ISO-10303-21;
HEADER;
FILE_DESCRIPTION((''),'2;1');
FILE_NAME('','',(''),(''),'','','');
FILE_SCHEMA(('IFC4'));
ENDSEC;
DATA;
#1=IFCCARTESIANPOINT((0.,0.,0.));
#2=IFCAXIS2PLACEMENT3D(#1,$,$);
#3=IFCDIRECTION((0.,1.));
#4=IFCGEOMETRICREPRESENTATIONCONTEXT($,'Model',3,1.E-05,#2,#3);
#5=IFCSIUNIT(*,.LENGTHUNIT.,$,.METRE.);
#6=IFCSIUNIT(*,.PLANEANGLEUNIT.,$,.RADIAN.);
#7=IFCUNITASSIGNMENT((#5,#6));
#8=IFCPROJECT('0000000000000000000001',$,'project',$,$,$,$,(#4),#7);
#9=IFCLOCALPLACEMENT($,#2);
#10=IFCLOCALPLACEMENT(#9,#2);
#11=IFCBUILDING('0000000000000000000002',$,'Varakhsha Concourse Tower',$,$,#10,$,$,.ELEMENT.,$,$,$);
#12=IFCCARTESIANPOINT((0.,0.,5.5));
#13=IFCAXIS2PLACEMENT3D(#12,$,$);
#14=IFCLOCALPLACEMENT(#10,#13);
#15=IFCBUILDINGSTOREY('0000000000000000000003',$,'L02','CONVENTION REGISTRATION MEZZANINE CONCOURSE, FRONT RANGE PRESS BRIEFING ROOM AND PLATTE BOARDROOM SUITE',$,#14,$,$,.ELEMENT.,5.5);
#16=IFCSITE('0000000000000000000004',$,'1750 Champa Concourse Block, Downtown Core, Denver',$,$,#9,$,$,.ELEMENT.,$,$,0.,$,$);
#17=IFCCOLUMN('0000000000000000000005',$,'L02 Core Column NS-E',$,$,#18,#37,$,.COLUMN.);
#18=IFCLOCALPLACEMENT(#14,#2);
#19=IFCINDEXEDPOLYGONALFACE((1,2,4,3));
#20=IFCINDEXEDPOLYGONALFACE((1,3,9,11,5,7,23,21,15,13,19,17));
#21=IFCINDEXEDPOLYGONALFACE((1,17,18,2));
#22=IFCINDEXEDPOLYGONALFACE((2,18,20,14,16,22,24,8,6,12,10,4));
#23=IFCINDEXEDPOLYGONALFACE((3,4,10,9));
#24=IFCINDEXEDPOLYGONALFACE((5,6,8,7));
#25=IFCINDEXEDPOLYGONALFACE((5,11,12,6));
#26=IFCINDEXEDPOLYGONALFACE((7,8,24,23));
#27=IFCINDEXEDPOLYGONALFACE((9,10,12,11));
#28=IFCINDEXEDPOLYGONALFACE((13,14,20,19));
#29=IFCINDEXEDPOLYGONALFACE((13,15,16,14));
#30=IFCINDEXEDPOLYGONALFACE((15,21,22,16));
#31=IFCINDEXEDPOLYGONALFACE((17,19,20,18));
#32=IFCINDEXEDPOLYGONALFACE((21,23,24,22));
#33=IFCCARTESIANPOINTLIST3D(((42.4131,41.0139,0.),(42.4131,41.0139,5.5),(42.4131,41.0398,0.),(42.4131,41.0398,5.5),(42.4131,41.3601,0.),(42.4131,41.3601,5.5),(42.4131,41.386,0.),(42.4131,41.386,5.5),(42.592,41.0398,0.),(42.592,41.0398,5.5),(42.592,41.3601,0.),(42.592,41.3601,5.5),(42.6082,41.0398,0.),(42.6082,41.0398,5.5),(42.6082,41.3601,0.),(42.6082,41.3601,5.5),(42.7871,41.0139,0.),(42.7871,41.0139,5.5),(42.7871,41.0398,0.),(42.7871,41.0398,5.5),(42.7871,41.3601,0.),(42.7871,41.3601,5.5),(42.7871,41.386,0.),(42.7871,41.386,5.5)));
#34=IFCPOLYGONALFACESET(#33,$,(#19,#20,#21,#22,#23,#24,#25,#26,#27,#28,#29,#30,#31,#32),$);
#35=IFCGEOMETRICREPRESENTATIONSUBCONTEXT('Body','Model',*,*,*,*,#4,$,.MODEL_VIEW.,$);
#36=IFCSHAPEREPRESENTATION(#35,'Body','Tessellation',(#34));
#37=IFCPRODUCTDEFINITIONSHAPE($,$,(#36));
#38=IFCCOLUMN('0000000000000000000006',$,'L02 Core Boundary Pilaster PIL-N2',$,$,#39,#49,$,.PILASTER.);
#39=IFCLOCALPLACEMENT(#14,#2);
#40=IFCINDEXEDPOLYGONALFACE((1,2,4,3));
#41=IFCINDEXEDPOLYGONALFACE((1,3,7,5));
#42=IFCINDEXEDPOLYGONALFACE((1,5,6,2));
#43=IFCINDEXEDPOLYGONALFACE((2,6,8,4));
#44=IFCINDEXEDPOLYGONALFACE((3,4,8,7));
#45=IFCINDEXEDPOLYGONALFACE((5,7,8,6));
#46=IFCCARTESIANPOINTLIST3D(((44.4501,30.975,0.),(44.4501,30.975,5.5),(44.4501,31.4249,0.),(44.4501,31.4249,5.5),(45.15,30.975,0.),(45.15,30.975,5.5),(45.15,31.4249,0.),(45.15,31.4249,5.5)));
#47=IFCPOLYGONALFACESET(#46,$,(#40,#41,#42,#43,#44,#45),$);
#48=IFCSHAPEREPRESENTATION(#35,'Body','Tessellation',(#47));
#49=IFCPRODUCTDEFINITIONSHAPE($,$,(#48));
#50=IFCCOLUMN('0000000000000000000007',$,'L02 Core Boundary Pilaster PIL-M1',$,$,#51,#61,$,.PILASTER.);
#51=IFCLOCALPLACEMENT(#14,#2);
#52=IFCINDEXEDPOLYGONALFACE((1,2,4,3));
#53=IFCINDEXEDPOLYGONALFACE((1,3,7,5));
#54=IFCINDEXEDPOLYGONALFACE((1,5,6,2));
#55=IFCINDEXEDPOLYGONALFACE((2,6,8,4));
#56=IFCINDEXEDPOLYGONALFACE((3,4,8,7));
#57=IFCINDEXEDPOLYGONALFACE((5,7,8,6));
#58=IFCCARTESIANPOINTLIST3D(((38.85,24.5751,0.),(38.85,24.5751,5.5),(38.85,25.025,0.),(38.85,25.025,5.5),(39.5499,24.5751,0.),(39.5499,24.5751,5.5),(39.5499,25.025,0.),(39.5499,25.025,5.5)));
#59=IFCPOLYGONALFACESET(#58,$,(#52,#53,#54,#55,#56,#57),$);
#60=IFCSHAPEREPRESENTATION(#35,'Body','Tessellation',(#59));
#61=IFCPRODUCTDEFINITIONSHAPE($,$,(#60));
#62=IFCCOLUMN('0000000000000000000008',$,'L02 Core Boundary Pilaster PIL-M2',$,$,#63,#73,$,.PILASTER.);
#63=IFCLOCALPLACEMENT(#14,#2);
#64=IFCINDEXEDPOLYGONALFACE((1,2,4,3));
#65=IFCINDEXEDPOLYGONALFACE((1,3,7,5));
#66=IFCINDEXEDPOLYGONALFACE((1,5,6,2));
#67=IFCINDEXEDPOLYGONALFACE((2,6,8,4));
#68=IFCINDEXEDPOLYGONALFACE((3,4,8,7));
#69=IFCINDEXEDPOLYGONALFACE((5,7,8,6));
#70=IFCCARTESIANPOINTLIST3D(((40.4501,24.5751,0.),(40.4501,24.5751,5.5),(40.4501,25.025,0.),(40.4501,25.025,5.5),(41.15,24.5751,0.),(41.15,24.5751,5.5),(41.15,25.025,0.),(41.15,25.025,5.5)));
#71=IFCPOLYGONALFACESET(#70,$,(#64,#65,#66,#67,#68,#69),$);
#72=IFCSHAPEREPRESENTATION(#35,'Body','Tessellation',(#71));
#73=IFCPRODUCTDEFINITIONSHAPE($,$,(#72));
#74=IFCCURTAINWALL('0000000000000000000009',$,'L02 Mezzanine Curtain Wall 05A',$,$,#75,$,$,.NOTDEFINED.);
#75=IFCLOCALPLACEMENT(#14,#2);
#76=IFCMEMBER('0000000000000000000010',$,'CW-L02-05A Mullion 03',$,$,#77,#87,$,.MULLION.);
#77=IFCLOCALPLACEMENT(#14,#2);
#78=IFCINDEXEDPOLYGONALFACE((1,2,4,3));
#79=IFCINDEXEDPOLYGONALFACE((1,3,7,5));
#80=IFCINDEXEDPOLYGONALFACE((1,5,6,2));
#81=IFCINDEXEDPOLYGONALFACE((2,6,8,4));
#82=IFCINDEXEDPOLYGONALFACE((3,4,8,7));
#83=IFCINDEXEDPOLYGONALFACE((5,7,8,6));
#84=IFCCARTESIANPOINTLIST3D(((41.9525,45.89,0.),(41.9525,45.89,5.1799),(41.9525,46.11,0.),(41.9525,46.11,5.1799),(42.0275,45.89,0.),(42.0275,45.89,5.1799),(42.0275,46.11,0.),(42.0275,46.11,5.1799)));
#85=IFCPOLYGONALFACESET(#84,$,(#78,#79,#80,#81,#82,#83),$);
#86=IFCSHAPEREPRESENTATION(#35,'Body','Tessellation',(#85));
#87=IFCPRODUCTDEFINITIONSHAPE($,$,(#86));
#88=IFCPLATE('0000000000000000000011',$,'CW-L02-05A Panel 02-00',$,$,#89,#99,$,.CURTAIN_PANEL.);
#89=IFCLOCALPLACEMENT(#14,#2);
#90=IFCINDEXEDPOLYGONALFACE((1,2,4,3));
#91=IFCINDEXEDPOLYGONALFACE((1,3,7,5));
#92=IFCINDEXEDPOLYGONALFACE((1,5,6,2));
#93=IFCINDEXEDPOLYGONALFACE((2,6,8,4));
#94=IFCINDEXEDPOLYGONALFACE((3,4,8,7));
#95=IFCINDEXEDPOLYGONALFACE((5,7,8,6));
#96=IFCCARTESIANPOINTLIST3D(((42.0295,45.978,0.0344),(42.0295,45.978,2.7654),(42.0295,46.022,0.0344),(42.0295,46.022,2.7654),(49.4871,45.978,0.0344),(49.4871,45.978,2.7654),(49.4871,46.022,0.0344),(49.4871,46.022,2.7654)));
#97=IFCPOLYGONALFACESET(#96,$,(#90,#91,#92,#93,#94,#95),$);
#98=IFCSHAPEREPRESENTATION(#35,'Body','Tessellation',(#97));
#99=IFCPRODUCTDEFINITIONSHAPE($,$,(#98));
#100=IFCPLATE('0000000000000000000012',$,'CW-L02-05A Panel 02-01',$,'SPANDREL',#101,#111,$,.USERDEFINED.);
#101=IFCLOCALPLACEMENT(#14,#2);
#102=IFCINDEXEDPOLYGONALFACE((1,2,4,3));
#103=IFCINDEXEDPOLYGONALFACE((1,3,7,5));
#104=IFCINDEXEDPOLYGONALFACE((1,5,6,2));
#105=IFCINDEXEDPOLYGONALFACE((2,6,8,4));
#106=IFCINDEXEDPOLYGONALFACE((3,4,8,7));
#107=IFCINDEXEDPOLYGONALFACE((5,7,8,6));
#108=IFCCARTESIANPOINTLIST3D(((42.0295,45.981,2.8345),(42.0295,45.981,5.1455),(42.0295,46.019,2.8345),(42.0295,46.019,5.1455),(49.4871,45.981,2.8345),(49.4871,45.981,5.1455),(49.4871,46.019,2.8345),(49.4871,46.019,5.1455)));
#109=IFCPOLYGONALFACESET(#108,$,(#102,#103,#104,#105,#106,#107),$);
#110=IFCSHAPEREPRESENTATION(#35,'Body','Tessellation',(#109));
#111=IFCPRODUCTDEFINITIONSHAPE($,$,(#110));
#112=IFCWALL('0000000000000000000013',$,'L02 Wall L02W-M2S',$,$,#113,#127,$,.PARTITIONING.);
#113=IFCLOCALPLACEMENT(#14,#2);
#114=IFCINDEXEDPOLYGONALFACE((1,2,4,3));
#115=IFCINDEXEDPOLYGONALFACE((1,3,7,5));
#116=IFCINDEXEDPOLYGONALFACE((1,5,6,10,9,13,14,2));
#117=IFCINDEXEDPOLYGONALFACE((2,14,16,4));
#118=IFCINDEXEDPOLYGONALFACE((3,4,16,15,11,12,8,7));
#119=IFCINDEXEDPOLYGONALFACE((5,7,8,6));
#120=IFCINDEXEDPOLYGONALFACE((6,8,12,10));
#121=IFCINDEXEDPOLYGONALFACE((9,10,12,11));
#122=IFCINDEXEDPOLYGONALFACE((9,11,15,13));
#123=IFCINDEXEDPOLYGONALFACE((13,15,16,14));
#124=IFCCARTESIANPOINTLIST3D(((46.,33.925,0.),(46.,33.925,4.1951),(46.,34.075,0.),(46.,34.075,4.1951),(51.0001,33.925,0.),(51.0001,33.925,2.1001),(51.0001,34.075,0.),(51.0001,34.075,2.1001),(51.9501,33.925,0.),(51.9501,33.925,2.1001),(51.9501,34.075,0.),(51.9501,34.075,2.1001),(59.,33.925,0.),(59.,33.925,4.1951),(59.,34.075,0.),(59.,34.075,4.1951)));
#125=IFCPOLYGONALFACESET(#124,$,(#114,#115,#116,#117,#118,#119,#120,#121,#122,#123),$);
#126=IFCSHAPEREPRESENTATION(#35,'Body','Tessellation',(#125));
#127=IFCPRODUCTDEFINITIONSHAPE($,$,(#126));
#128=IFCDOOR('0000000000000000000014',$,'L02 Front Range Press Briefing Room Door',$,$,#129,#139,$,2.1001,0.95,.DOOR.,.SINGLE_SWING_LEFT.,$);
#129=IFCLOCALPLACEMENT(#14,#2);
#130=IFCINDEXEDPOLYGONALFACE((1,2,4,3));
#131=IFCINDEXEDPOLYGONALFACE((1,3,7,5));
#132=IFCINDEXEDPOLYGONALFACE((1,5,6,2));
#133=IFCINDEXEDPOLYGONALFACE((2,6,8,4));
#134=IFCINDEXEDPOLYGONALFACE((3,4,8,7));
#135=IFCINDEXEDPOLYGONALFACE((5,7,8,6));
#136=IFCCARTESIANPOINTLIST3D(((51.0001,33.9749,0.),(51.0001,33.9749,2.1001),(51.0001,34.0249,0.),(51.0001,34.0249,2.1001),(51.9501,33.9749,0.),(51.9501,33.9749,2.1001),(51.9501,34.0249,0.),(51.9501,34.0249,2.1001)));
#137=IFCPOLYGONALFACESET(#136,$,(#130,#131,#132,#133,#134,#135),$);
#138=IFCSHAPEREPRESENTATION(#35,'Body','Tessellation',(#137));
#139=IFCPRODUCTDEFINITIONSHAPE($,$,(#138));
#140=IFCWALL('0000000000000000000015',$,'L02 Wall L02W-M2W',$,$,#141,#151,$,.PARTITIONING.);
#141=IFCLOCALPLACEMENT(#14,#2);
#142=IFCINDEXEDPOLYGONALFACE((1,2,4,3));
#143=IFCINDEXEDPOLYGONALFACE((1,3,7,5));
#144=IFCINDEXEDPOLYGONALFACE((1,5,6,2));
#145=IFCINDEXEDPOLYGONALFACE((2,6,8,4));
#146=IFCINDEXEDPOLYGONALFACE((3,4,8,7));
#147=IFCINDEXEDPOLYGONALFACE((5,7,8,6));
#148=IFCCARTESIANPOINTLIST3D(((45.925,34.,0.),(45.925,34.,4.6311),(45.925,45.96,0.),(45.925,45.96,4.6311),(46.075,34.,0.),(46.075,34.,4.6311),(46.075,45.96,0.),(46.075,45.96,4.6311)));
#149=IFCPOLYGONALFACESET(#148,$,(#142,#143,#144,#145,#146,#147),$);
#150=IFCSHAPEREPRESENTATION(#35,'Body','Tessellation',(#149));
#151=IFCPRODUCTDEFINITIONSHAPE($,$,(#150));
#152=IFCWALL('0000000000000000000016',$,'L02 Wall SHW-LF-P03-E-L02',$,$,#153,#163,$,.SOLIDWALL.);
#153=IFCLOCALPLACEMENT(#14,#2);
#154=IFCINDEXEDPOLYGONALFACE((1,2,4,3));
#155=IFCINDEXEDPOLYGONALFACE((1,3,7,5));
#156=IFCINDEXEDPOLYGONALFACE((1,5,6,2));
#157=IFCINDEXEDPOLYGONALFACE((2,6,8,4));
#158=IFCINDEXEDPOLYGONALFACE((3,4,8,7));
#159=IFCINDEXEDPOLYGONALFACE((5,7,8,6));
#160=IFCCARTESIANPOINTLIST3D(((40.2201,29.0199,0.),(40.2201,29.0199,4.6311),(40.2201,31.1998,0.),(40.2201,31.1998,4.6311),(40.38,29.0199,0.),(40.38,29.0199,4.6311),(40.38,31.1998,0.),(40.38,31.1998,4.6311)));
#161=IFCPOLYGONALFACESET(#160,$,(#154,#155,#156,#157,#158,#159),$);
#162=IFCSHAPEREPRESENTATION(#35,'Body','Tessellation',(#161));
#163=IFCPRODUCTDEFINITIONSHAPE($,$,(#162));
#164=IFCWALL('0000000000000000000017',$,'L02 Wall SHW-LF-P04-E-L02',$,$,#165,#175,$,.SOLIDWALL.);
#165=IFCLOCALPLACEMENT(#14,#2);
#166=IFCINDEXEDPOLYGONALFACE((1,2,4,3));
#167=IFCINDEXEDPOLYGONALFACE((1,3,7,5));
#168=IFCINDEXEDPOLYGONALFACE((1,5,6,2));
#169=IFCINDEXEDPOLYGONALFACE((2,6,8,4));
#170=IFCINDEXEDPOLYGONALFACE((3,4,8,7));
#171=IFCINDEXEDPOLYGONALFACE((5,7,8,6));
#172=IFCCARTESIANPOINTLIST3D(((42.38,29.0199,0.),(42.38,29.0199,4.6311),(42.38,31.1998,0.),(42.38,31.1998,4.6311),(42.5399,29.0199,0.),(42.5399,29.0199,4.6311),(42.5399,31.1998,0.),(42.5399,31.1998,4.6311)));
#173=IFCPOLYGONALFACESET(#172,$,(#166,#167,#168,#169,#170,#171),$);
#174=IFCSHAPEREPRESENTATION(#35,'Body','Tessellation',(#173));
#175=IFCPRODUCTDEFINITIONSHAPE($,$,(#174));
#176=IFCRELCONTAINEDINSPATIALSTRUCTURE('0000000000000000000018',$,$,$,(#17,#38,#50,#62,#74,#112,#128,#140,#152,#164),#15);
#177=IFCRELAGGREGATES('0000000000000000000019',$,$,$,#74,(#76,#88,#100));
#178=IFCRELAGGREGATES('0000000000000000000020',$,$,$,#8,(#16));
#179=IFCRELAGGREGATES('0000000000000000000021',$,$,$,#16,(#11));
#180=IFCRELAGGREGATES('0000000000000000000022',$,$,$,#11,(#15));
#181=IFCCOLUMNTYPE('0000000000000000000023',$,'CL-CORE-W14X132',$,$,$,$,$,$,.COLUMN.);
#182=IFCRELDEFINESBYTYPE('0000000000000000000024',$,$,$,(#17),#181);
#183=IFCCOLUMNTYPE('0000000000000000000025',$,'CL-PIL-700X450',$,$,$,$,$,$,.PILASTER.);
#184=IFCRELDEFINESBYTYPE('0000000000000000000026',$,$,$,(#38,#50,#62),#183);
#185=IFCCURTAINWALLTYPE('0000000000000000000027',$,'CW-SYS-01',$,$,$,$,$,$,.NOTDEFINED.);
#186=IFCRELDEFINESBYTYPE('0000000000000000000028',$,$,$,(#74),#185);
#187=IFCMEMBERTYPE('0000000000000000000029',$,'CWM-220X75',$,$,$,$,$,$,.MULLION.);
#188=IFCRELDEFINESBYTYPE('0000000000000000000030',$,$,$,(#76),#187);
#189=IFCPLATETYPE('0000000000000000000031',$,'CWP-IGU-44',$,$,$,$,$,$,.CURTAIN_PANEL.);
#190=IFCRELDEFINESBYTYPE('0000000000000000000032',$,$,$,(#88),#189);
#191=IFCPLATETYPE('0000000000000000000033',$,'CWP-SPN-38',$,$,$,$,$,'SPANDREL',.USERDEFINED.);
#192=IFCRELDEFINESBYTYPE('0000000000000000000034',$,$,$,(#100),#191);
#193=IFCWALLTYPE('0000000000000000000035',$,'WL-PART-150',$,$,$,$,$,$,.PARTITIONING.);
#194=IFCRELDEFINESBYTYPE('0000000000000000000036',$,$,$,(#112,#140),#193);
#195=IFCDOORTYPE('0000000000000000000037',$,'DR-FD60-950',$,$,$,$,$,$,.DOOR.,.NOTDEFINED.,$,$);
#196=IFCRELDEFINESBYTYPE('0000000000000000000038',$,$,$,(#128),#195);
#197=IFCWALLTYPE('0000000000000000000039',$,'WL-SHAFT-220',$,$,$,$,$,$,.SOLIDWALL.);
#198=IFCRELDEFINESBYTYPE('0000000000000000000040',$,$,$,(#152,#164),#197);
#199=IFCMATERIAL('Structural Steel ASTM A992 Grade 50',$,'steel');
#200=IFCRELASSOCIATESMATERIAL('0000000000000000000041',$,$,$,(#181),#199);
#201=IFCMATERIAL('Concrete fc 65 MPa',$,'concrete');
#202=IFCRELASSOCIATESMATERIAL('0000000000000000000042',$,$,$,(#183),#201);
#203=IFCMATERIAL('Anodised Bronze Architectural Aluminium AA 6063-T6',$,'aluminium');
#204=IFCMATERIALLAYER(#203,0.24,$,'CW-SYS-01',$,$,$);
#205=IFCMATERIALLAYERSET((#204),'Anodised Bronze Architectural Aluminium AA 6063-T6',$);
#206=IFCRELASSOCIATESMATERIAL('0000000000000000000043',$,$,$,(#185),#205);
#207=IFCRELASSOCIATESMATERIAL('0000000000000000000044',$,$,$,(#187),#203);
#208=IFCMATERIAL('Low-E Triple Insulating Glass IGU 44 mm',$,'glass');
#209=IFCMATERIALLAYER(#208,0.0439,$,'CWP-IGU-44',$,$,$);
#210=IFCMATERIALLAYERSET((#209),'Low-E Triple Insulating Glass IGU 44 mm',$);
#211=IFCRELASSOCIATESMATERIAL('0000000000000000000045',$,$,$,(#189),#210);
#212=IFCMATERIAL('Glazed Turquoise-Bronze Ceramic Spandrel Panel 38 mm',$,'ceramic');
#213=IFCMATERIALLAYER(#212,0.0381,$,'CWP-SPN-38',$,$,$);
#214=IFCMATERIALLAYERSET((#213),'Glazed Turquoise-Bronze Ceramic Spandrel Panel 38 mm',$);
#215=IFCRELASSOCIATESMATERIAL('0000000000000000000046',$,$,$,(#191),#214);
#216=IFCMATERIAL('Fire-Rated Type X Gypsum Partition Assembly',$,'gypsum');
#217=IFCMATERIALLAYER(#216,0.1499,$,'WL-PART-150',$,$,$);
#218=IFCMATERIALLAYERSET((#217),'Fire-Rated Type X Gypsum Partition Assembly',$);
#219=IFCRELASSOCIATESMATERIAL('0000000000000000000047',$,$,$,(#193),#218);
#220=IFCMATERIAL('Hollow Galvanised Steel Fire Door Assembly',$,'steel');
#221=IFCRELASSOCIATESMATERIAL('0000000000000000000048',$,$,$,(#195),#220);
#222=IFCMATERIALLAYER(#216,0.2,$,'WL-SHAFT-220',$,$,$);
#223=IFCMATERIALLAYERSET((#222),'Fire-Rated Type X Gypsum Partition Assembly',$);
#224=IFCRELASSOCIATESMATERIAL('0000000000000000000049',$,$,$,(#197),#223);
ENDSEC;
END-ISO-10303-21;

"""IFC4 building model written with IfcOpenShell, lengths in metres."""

from ifc_helpers import new_model, si_unit, direction, frame, frame_2d, origin, origin_2d, place, context, subcontext, project, spatial, rectangle, i_section, extrude, source, transform, mapped, material, layer, layer_set, material_profile, profile_set, type_object, type_shapes, element, fill, aggregate, save


model = new_model("IFC4")

# Units and contexts
model_context = context("Model", 3, precision=1e-05, world=origin(), true_north=direction((0.0, 1.0)))
body_context = subcontext(model_context, "Body", "Model", "MODEL_VIEW")
ifc_project = project(units=[si_unit("LENGTHUNIT", "METRE"), si_unit("PLANEANGLEUNIT", "RADIAN")], contexts=[model_context])

# Site, building, storey
site_placement = place(None, origin())
site = spatial("IfcSite", under=ifc_project, at=site_placement, Name="1750 Champa Concourse Block, Downtown Core, Denver", CompositionType="ELEMENT", RefElevation=0.0)
building_placement = place(site_placement, origin())
building = spatial("IfcBuilding", under=site, at=building_placement, Name="Varakhsha Concourse Tower", CompositionType="ELEMENT")
storey_placement = place(building_placement, frame((0.0, 0.0, 5.5)))
storey = spatial("IfcBuildingStorey", under=building, at=storey_placement, Name="L02", Description="CONVENTION REGISTRATION MEZZANINE CONCOURSE, FRONT RANGE PRESS BRIEFING ROOM AND PLATTE BOARDROOM SUITE", CompositionType="ELEMENT", Elevation=5.5)

# Columns
ifc_material_1 = material(Name="Structural Steel ASTM A992 Grade 50", Category="steel")
ifc_material_profile_1 = material_profile(ifc_material_1, i_section(OverallWidth=0.374, OverallDepth=0.3721, WebThickness=0.0161, FlangeThickness=0.0259, at=origin_2d()), Name="W14X132")
ifc_profile_set_1 = profile_set([ifc_material_profile_1], Name="Structural Steel ASTM A992 Grade 50")
column_type_1 = type_object("IfcColumnType", Name="CL-CORE-W14X132", PredefinedType="COLUMN", material=ifc_profile_set_1)
column_placement = place(storey_placement, frame((42.6001, 41.2, 0.0), z_axis=(0.0, 0.0, 1.0), x_axis=(1.0, 0.0, 0.0)))
element("IfcColumn", 1, at=column_placement, inside=storey, type_object=column_type_1, Name="L02 Core Column NS-E", PredefinedType="COLUMN", context=body_context, shape_type="SweptSolid", body=[
    extrude(i_section(OverallWidth=0.374, OverallDepth=0.3721, WebThickness=0.0161, FlangeThickness=0.0259, at=origin_2d()), origin(), (0.0, 0.0, 1.0), 5.5),
])
ifc_material_2 = material(Name="Concrete fc 65 MPa", Category="concrete")
ifc_material_profile_2 = material_profile(ifc_material_2, rectangle(XDim=0.7, YDim=0.45, at=origin_2d()), Name="RC 700x450")
ifc_profile_set_2 = profile_set([ifc_material_profile_2], Name="Concrete fc 65 MPa")
column_type_2 = type_object("IfcColumnType", Name="CL-PIL-700X450", PredefinedType="PILASTER", material=ifc_profile_set_2)
for number, where, z_axis, x_axis, name in (
    (2, (44.8, 31.2, 0.0), (0.0, 0.0, 1.0), (1.0, 0.0, 0.0), "L02 Core Boundary Pilaster PIL-N2"),
    (3, (39.2, 24.8, 0.0), (0.0, 0.0, 1.0), (1.0, 0.0, 0.0), "L02 Core Boundary Pilaster PIL-M1"),
    (4, (40.8, 24.8, 0.0), (0.0, 0.0, 1.0), (1.0, 0.0, 0.0), "L02 Core Boundary Pilaster PIL-M2"),
):
    element("IfcColumn", number, at=place(storey_placement, frame(where, z_axis=z_axis, x_axis=x_axis)), inside=storey, type_object=column_type_2, Name=name, PredefinedType="PILASTER", context=body_context, shape_type="SweptSolid", body=[
        extrude(rectangle(XDim=0.7, YDim=0.45, at=origin_2d()), origin(), (0.0, 0.0, 1.0), 5.5),
    ])

# Curtain wall, member, plates
ifc_material_3 = material(Name="Anodised Bronze Architectural Aluminium AA 6063-T6", Category="aluminium")
ifc_layer_1 = layer(ifc_material_3, 0.24, Name="CW-SYS-01")
ifc_layer_set_1 = layer_set([ifc_layer_1], Name="Anodised Bronze Architectural Aluminium AA 6063-T6")
curtain_wall_type = type_object("IfcCurtainWallType", Name="CW-SYS-01", PredefinedType="NOTDEFINED", material=ifc_layer_set_1)
curtain_wall_placement = place(storey_placement, origin())
curtain_wall = element("IfcCurtainWall", 5, at=curtain_wall_placement, inside=storey, type_object=curtain_wall_type, Name="L02 Mezzanine Curtain Wall 05A", PredefinedType="NOTDEFINED")
ifc_material_profile_3 = material_profile(ifc_material_3, rectangle(XDim=0.075, YDim=0.22, at=origin_2d()), Name="CWM-220X75")
ifc_profile_set_3 = profile_set([ifc_material_profile_3], Name="Anodised Bronze Architectural Aluminium AA 6063-T6")
member_type = type_object("IfcMemberType", Name="CWM-220X75", PredefinedType="MULLION", material=ifc_profile_set_3)
shared_shape_1 = source(origin(), body_context, "Body", "SweptSolid", [
    extrude(rectangle(XDim=0.075, YDim=0.22, at=origin_2d()), origin(), (0.0, 0.0, 1.0), 5.1799),
])
type_shapes(member_type, [shared_shape_1])
member_placement = place(storey_placement, frame((41.99, 46.0, 0.0), z_axis=(0.0, 0.0, 1.0), x_axis=(-1.0, 0.0, 0.0)))
member = element("IfcMember", 6, at=member_placement, type_object=member_type, Name="CW-L02-05A Mullion 03", PredefinedType="MULLION", context=body_context, shape_type="MappedRepresentation", body=[
    mapped(shared_shape_1, transform((0.0, 0.0, 0.0), scale=1.0)),
])
ifc_material_4 = material(Name="Low-E Triple Insulating Glass IGU 44 mm", Category="glass")
ifc_layer_2 = layer(ifc_material_4, 0.0439, Name="CWP-IGU-44")
ifc_layer_set_2 = layer_set([ifc_layer_2], Name="Low-E Triple Insulating Glass IGU 44 mm")
plate_type_1 = type_object("IfcPlateType", Name="CWP-IGU-44", PredefinedType="CURTAIN_PANEL", material=ifc_layer_set_2)
shared_shape_2 = source(origin(), body_context, "Body", "SweptSolid", [
    extrude(rectangle(XDim=7.4575, YDim=0.0439, at=origin_2d()), origin(), (0.0, 0.0, 1.0), 2.731),
])
type_shapes(plate_type_1, [shared_shape_2])
plate_1_placement = place(storey_placement, frame((45.7583, 46.0, 0.0344), z_axis=(0.0, 0.0, 1.0), x_axis=(-1.0, 0.0, 0.0)))
plate_1 = element("IfcPlate", 7, at=plate_1_placement, type_object=plate_type_1, Name="CW-L02-05A Panel 02-00", PredefinedType="CURTAIN_PANEL", context=body_context, shape_type="MappedRepresentation", body=[
    mapped(shared_shape_2, transform((0.0, 0.0, 0.0), scale=1.0)),
])
ifc_material_5 = material(Name="Glazed Turquoise-Bronze Ceramic Spandrel Panel 38 mm", Category="ceramic")
ifc_layer_3 = layer(ifc_material_5, 0.0381, Name="CWP-SPN-38")
ifc_layer_set_3 = layer_set([ifc_layer_3], Name="Glazed Turquoise-Bronze Ceramic Spandrel Panel 38 mm")
plate_type_2 = type_object("IfcPlateType", Name="CWP-SPN-38", ElementType="SPANDREL", PredefinedType="USERDEFINED", material=ifc_layer_set_3)
shared_shape_3 = source(origin(), body_context, "Body", "SweptSolid", [
    extrude(rectangle(XDim=7.4575, YDim=0.0381, at=origin_2d()), origin(), (0.0, 0.0, 1.0), 2.311),
])
type_shapes(plate_type_2, [shared_shape_3])
plate_2_placement = place(storey_placement, frame((45.7583, 46.0, 2.8345), z_axis=(0.0, 0.0, 1.0), x_axis=(-1.0, 0.0, 0.0)))
plate_2 = element("IfcPlate", 8, at=plate_2_placement, type_object=plate_type_2, Name="CW-L02-05A Panel 02-01", ObjectType="SPANDREL", PredefinedType="USERDEFINED", context=body_context, shape_type="MappedRepresentation", body=[
    mapped(shared_shape_3, transform((0.0, 0.0, 0.0), scale=1.0)),
])
aggregate(curtain_wall, [member, plate_1, plate_2])

# Wall, opening, door
ifc_material_6 = material(Name="Fire-Rated Type X Gypsum Partition Assembly", Category="gypsum")
ifc_layer_4 = layer(ifc_material_6, 0.1499, Name="WL-PART-150")
ifc_layer_set_4 = layer_set([ifc_layer_4], Name="Fire-Rated Type X Gypsum Partition Assembly")
wall_type_1 = type_object("IfcWallType", Name="WL-PART-150", PredefinedType="PARTITIONING", material=ifc_layer_set_4)
wall_1_placement = place(storey_placement, frame((46.0, 34.0, 0.0), z_axis=(0.0, 0.0, 1.0), x_axis=(1.0, 0.0, 0.0)))
wall_1 = element("IfcWall", 9, at=wall_1_placement, inside=storey, type_object=wall_type_1, Name="L02 Wall L02W-M2S", PredefinedType="PARTITIONING", context=body_context, shape_type="SweptSolid", body=[
    extrude(rectangle(XDim=13.0, YDim=0.1499, at=frame_2d((6.5, 0.0))), origin(), (0.0, 0.0, 1.0), 4.1951),
])
opening_placement = place(wall_1_placement, frame((5.0, 0.0, 0.0)))
opening = element("IfcOpeningElement", 10, at=opening_placement, cuts=wall_1, PredefinedType="OPENING", context=body_context, shape_type="SweptSolid", body=[
    extrude(rectangle(XDim=0.95, YDim=2.1001, at=frame_2d((0.4751, 1.05))), frame((0.0, 0.085, 0.0), z_axis=(0.0, -1.0, 0.0), x_axis=(1.0, 0.0, 0.0)), (0.0, 0.0, 1.0), 0.1699),
])
ifc_material_7 = material(Name="Hollow Galvanised Steel Fire Door Assembly", Category="steel")
door_type = type_object("IfcDoorType", Name="DR-FD60-950", OperationType="NOTDEFINED", PredefinedType="DOOR", material=ifc_material_7)
door_placement = place(opening_placement, origin())
door = element("IfcDoor", 11, at=door_placement, inside=storey, type_object=door_type, Name="L02 Front Range Press Briefing Room Door", OperationType="SINGLE_SWING_LEFT", OverallHeight=2.1001, OverallWidth=0.95, PredefinedType="DOOR", context=body_context, shape_type="SweptSolid", body=[
    extrude(rectangle(XDim=0.95, YDim=2.1001, at=frame_2d((0.4751, 1.05))), frame((0.0, 0.0249, 0.0), z_axis=(0.0, -1.0, 0.0), x_axis=(1.0, 0.0, 0.0)), (0.0, 0.0, 1.0), 0.05),
])
fill(opening, door)

# Walls
wall_2_placement = place(storey_placement, frame((46.0, 34.0, 0.0), z_axis=(0.0, 0.0, 1.0), x_axis=(0.0, 1.0, 0.0)))
element("IfcWall", 12, at=wall_2_placement, inside=storey, type_object=wall_type_1, Name="L02 Wall L02W-M2W", PredefinedType="PARTITIONING", context=body_context, shape_type="SweptSolid", body=[
    extrude(rectangle(XDim=11.96, YDim=0.1499, at=frame_2d((5.98, 0.0))), origin(), (0.0, 0.0, 1.0), 4.6311),
])
ifc_layer_5 = layer(ifc_material_6, 0.2, Name="WL-SHAFT-220")
ifc_layer_set_5 = layer_set([ifc_layer_5], Name="Fire-Rated Type X Gypsum Partition Assembly")
wall_type_2 = type_object("IfcWallType", Name="WL-SHAFT-220", PredefinedType="SOLIDWALL", material=ifc_layer_set_5)
for number, where, z_axis, x_axis, name in (
    (13, (40.3, 29.02, 0.0), (0.0, 0.0, 1.0), (0.0, 1.0, 0.0), "L02 Wall SHW-LF-P03-E-L02"),
    (14, (42.46, 29.02, 0.0), (0.0, 0.0, 1.0), (0.0, 1.0, 0.0), "L02 Wall SHW-LF-P04-E-L02"),
):
    element("IfcWall", number, at=place(storey_placement, frame(where, z_axis=z_axis, x_axis=x_axis)), inside=storey, type_object=wall_type_2, Name=name, PredefinedType="SOLIDWALL", context=body_context, shape_type="SweptSolid", body=[
        extrude(rectangle(XDim=2.1799, YDim=0.1599, at=frame_2d((1.0898, 0.0))), origin(), (0.0, 0.0, 1.0), 4.6311),
    ])

save(model, "model.ifc")
